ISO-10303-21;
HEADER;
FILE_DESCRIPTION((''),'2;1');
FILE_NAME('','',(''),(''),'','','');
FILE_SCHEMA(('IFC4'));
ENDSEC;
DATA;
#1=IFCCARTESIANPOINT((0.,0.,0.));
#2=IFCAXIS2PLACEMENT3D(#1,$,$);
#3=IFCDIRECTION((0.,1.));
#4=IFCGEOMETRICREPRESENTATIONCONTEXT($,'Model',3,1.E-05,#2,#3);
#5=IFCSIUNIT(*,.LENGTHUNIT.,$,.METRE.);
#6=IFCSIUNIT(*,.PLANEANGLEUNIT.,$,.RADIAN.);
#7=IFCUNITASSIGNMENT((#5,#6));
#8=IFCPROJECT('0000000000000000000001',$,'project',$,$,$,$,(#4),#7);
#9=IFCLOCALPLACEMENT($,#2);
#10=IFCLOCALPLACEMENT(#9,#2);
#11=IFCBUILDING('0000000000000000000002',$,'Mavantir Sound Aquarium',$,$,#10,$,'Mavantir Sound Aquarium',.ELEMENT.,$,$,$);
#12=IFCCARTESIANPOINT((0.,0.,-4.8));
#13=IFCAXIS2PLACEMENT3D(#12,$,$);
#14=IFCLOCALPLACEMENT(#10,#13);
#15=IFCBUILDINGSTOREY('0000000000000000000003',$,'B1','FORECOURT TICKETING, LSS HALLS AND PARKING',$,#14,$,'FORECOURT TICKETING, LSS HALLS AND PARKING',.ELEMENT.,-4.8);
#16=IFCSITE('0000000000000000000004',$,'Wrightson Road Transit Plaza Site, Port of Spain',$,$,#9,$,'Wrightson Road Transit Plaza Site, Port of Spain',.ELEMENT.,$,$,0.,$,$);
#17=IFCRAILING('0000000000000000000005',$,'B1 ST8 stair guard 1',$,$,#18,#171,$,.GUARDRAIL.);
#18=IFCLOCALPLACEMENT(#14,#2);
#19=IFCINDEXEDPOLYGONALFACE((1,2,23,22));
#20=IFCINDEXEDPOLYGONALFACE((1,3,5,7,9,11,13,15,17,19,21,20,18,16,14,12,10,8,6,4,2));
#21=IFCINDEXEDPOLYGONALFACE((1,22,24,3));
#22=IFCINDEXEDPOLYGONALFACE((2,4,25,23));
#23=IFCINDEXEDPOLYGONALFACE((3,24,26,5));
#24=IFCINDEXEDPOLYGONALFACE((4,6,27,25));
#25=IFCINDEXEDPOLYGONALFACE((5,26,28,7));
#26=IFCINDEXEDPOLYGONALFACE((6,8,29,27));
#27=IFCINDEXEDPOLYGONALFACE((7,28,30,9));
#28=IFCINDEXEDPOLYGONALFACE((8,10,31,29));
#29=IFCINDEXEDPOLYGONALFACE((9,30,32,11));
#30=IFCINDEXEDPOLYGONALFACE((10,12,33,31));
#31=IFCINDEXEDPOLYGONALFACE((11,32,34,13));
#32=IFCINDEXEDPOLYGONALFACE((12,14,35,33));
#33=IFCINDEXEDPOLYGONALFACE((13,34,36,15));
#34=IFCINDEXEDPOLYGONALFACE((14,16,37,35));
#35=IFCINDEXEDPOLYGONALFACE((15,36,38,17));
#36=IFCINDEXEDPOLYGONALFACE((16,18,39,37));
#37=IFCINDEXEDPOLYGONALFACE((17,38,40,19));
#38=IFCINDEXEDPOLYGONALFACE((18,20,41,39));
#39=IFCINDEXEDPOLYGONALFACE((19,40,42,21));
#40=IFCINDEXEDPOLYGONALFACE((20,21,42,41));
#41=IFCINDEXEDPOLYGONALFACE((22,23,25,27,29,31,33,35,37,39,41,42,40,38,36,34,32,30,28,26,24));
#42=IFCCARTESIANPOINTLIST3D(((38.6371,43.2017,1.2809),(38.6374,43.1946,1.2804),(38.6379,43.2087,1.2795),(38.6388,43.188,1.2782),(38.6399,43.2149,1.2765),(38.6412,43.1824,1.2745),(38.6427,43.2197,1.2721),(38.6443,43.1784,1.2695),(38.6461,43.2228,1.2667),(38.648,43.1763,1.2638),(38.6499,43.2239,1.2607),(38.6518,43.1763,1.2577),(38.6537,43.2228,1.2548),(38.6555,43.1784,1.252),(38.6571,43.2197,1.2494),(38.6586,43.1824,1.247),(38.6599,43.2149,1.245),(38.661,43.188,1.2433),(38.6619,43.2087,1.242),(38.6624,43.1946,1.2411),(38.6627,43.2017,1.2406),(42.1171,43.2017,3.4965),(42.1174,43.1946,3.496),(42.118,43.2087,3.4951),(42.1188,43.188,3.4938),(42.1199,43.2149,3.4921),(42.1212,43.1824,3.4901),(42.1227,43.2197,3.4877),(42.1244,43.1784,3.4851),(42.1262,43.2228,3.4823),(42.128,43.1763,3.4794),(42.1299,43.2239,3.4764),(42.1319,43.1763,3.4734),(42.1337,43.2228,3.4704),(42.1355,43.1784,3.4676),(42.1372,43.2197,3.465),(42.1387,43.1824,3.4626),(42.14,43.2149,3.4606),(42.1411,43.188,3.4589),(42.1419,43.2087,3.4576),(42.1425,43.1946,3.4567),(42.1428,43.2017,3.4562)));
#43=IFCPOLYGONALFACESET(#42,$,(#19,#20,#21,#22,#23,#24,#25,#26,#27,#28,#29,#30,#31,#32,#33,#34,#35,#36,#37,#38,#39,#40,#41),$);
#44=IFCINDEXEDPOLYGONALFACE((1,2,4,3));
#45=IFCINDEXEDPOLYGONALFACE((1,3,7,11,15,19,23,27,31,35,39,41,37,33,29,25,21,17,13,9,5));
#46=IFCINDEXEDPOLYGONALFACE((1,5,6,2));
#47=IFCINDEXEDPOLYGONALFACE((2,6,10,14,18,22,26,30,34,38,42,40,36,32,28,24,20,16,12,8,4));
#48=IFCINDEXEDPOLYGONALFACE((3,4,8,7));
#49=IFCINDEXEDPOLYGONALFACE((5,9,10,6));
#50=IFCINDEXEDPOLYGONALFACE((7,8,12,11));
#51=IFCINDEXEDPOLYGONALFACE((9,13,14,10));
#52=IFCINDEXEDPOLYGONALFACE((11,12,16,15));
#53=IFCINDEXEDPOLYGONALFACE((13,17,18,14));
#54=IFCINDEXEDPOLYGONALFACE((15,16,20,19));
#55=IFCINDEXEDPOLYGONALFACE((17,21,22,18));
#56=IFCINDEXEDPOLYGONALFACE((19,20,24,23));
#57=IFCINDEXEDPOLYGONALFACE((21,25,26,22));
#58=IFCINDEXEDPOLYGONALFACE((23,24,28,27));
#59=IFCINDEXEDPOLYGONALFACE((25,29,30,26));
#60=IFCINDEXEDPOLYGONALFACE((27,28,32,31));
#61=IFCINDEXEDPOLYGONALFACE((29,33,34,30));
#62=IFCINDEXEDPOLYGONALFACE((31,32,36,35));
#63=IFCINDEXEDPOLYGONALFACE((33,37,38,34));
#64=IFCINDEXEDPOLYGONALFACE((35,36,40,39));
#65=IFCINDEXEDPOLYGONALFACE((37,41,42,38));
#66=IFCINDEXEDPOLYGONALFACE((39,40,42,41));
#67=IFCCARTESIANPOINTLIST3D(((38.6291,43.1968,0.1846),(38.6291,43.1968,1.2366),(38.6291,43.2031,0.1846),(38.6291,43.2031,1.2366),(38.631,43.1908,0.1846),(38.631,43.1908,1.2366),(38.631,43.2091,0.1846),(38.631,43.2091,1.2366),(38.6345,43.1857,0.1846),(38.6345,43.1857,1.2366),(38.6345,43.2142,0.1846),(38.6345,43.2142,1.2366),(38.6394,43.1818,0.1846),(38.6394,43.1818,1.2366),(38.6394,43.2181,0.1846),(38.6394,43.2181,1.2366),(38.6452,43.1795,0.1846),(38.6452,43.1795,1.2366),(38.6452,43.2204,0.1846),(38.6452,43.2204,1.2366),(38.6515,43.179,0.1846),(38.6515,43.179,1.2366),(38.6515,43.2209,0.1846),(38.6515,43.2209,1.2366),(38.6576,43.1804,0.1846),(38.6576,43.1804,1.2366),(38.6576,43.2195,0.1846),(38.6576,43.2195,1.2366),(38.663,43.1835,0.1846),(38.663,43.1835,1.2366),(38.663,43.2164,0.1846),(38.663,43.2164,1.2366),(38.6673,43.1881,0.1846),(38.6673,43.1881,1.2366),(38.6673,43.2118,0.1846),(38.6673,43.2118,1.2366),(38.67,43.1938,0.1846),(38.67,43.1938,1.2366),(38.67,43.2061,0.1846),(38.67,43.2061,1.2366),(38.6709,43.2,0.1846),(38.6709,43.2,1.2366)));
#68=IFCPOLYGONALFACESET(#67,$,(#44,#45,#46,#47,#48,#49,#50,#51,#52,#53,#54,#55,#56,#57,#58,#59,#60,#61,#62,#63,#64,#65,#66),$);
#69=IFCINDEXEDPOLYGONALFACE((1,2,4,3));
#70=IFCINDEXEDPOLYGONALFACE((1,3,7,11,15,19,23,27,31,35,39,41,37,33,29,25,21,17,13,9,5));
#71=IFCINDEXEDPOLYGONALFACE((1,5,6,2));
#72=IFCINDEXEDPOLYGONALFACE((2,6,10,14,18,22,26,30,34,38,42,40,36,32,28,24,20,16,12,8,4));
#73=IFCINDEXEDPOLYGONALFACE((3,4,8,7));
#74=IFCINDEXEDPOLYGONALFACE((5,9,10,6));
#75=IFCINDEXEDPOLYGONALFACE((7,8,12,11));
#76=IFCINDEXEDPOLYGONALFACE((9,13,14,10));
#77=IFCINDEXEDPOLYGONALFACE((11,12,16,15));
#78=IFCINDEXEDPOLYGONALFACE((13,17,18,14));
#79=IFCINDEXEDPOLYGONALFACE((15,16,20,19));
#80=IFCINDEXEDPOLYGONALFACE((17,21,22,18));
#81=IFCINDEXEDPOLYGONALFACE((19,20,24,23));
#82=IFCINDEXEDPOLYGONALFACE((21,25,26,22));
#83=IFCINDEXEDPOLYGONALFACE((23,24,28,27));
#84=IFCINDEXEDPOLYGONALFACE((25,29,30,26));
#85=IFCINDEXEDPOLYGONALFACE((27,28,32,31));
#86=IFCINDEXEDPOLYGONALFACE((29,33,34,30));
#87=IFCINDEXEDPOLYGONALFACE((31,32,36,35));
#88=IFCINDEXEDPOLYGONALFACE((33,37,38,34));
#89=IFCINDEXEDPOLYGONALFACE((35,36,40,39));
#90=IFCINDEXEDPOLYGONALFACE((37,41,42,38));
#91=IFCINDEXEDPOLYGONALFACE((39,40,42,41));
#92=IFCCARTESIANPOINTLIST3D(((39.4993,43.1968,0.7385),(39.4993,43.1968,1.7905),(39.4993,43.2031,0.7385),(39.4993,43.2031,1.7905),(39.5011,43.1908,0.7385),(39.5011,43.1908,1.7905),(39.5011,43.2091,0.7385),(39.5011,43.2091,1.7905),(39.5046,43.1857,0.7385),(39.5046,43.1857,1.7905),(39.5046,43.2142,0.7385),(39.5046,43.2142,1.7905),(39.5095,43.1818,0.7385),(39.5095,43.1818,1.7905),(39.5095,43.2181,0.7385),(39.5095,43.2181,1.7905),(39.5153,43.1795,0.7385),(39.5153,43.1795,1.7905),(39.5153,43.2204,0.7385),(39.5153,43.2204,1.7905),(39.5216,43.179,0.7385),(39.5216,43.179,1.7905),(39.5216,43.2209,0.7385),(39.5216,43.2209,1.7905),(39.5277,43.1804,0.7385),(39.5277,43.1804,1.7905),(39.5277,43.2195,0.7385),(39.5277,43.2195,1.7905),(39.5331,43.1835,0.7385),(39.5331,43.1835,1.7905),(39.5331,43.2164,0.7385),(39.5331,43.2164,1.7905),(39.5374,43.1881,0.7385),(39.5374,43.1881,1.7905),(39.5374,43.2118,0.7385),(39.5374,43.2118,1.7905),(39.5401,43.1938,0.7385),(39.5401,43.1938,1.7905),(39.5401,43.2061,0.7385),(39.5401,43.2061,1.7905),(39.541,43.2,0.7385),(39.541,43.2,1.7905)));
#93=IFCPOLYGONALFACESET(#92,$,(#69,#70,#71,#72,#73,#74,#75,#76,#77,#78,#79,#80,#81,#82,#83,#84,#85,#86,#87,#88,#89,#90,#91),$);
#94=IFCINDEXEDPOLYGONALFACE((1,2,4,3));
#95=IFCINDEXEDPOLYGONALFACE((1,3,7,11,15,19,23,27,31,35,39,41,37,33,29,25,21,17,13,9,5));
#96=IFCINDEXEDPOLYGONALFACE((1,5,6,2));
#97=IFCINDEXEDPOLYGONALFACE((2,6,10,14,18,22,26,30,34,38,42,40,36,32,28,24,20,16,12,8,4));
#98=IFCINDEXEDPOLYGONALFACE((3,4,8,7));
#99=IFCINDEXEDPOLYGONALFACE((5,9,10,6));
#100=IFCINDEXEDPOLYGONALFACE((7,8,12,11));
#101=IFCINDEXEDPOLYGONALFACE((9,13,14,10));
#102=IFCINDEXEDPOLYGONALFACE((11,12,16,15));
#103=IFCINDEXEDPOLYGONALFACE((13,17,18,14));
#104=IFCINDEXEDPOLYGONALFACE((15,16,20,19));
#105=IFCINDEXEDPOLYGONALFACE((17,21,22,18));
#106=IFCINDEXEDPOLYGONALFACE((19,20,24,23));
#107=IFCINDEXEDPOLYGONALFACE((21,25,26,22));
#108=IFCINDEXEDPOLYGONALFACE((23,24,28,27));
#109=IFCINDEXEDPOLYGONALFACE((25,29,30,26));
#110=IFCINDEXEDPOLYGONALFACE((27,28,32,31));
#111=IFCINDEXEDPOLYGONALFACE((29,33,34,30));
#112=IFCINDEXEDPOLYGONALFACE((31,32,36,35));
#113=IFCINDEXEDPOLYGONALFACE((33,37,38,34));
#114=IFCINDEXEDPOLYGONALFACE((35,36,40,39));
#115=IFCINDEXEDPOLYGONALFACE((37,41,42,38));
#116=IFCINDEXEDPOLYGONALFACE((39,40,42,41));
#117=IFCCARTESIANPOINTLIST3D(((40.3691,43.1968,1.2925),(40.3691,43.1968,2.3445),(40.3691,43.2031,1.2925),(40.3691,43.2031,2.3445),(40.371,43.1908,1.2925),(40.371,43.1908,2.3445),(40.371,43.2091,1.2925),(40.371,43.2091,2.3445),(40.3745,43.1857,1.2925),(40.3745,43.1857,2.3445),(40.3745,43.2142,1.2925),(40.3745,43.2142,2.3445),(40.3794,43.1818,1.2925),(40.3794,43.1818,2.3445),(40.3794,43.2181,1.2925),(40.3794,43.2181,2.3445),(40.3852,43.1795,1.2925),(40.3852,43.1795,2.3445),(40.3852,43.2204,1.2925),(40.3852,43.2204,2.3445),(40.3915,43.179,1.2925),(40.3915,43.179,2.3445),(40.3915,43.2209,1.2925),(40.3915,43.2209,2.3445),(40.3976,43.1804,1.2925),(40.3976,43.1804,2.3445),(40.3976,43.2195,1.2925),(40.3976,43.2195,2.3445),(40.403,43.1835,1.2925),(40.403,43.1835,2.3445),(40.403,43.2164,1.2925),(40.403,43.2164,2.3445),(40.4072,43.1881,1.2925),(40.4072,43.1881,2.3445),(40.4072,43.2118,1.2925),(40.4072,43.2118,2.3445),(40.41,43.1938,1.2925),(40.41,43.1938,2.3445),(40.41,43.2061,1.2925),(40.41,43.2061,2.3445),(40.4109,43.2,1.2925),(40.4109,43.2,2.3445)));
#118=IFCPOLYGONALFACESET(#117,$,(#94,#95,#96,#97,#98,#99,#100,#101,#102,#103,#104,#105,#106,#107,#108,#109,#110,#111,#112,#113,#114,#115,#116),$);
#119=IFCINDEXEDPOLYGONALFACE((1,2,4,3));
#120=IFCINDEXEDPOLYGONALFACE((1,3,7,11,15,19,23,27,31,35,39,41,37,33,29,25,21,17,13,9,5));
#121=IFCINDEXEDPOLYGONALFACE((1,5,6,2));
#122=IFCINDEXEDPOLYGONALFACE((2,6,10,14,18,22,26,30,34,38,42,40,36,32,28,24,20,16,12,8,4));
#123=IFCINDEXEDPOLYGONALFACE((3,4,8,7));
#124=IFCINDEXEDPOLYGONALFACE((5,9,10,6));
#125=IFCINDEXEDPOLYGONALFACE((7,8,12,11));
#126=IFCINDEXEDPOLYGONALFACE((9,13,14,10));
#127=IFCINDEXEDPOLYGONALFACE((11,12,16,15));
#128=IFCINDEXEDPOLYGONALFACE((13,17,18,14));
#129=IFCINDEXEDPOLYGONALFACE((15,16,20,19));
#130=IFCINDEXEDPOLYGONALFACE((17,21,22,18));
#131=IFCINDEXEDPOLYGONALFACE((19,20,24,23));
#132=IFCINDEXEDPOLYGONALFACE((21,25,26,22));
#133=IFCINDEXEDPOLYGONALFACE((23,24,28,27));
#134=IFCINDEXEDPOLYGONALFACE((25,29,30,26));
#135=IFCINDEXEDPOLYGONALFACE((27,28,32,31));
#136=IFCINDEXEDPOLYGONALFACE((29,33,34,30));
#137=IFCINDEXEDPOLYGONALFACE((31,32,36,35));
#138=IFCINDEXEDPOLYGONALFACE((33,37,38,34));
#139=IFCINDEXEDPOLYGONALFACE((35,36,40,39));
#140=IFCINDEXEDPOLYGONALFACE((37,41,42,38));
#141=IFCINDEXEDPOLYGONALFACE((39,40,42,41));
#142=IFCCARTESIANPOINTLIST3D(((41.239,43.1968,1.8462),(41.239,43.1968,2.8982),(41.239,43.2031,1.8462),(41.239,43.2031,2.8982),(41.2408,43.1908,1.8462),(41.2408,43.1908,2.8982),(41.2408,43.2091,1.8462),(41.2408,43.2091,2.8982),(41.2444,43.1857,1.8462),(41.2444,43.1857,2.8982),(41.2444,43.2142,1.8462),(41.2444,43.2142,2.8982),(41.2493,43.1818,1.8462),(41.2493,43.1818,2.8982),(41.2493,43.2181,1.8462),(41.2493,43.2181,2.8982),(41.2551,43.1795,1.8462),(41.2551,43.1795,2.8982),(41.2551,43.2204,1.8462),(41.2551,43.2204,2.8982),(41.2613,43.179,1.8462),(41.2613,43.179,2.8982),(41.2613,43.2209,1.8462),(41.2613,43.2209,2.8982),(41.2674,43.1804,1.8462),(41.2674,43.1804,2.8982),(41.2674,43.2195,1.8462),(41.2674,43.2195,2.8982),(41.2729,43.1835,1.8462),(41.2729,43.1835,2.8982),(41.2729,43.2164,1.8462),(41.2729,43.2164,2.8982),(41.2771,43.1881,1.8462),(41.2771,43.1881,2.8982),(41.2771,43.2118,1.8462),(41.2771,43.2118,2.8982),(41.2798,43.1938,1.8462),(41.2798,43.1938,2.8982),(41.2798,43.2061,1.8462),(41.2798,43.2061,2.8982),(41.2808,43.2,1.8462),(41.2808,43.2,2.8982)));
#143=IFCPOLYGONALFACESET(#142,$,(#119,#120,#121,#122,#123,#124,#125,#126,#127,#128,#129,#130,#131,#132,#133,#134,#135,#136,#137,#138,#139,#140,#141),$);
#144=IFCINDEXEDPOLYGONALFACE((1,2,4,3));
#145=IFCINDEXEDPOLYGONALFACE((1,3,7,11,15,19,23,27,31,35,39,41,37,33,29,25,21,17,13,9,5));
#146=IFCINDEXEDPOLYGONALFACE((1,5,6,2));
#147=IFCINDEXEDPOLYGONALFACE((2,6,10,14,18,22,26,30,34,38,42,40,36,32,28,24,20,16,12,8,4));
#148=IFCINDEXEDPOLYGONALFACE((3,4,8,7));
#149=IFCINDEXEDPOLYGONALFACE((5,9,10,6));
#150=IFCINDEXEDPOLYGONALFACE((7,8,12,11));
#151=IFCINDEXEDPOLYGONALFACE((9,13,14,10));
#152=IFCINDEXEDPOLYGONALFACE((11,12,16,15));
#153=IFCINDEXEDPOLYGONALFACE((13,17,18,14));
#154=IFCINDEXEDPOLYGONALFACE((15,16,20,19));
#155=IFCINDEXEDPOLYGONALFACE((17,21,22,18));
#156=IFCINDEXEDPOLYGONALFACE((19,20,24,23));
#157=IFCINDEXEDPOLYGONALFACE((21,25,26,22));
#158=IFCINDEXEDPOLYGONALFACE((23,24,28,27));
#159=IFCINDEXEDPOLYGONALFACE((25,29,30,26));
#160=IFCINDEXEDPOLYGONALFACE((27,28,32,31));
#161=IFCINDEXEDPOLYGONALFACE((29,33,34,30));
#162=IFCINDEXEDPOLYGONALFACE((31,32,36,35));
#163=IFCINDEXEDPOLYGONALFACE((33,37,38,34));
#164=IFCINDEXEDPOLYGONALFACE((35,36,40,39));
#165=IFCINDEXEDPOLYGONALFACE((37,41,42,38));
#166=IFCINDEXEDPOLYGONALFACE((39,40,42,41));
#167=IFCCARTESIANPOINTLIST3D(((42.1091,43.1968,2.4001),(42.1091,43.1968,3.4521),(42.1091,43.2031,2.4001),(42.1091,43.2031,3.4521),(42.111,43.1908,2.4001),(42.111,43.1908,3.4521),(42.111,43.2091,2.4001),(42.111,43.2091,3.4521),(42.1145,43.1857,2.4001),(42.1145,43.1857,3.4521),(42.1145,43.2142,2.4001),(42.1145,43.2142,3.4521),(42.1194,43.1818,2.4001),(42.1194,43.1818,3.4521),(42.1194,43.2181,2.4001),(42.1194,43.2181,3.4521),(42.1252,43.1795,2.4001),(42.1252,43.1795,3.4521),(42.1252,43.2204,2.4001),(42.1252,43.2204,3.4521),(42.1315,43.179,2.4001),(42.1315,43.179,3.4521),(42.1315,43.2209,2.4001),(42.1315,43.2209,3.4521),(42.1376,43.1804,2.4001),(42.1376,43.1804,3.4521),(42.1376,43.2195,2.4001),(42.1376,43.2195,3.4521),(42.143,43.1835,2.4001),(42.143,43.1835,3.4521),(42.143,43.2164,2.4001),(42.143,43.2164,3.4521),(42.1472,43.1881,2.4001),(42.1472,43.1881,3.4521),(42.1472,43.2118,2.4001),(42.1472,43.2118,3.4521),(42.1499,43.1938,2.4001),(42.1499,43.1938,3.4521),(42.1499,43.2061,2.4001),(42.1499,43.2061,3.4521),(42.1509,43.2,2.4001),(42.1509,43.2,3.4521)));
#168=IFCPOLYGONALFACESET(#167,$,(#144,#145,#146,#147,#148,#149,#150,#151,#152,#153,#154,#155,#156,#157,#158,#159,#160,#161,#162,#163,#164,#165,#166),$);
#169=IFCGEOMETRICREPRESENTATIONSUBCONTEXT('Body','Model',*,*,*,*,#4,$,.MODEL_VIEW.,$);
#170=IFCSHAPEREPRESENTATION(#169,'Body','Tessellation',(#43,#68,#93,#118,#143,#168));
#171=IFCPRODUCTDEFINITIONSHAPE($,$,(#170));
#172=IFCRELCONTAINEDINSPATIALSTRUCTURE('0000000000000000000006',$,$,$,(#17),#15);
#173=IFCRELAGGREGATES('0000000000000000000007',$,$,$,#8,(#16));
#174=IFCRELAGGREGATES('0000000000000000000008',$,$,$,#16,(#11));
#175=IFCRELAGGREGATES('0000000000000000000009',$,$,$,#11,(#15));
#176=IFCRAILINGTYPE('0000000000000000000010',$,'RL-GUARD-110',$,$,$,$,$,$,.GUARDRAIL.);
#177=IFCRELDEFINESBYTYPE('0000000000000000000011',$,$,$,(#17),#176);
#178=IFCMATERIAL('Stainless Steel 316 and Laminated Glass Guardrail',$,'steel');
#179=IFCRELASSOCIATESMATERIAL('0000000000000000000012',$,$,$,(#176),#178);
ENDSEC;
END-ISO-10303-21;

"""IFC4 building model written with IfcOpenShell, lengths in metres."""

from ifc_helpers import new_model, si_unit, direction, frame, origin, origin_2d, place, context, subcontext, project, spatial, circle, extrude, material, type_object, element, save


model = new_model("IFC4")

# Units and contexts
model_context = context("Model", 3, precision=1e-05, world=origin(), true_north=direction((0.0, 1.0)))
body_context = subcontext(model_context, "Body", "Model", "MODEL_VIEW")
ifc_project = project(units=[si_unit("LENGTHUNIT", "METRE"), si_unit("PLANEANGLEUNIT", "RADIAN")], contexts=[model_context])

# Site, building, storey
site_placement = place(None, origin())
site = spatial("IfcSite", under=ifc_project, at=site_placement, Name="Wrightson Road Transit Plaza Site, Port of Spain", LongName="Wrightson Road Transit Plaza Site, Port of Spain", CompositionType="ELEMENT", RefElevation=0.0)
building_placement = place(site_placement, origin())
building = spatial("IfcBuilding", under=site, at=building_placement, Name="Mavantir Sound Aquarium", LongName="Mavantir Sound Aquarium", CompositionType="ELEMENT")
storey_placement = place(building_placement, frame((0.0, 0.0, -4.8)))
storey = spatial("IfcBuildingStorey", under=building, at=storey_placement, Name="B1", Description="FORECOURT TICKETING, LSS HALLS AND PARKING", LongName="FORECOURT TICKETING, LSS HALLS AND PARKING", CompositionType="ELEMENT", Elevation=-4.8)

# Railing
ifc_material_1 = material(Name="Stainless Steel 316 and Laminated Glass Guardrail", Category="steel")
railing_type_1 = type_object("IfcRailingType", Name="RL-GUARD-110", PredefinedType="GUARDRAIL", material=ifc_material_1)
railing_1_placement = place(storey_placement, frame((38.6499, 43.2, 0.1846)))
element("IfcRailing", 1, at=railing_1_placement, inside=storey, type_object=railing_type_1, Name="B1 ST8 stair guard 1", PredefinedType="GUARDRAIL", context=body_context, shape_type="SweptSolid", body=[
    extrude(circle(Radius=0.0239, at=origin_2d()), frame((0.0, 0.0, 1.0762), z_axis=(0.843547, 0.0, 0.537055), x_axis=(0.0, 1.0, 0.0)), (0.0, 0.0, 1.0), 4.1255),
    extrude(circle(Radius=0.021, at=origin_2d()), origin(), (0.0, 0.0, 1.0), 1.052),
    extrude(circle(Radius=0.021, at=origin_2d()), frame((0.8701, 0.0, 0.554)), (0.0, 0.0, 1.0), 1.052),
    extrude(circle(Radius=0.021, at=origin_2d()), frame((1.74, 0.0, 1.1079)), (0.0, 0.0, 1.0), 1.052),
    extrude(circle(Radius=0.021, at=origin_2d()), frame((2.6099, 0.0, 1.6616)), (0.0, 0.0, 1.0), 1.052),
    extrude(circle(Radius=0.021, at=origin_2d()), frame((3.48, 0.0, 2.2156)), (0.0, 0.0, 1.0), 1.052),
])

save(model, "model.ifc")
